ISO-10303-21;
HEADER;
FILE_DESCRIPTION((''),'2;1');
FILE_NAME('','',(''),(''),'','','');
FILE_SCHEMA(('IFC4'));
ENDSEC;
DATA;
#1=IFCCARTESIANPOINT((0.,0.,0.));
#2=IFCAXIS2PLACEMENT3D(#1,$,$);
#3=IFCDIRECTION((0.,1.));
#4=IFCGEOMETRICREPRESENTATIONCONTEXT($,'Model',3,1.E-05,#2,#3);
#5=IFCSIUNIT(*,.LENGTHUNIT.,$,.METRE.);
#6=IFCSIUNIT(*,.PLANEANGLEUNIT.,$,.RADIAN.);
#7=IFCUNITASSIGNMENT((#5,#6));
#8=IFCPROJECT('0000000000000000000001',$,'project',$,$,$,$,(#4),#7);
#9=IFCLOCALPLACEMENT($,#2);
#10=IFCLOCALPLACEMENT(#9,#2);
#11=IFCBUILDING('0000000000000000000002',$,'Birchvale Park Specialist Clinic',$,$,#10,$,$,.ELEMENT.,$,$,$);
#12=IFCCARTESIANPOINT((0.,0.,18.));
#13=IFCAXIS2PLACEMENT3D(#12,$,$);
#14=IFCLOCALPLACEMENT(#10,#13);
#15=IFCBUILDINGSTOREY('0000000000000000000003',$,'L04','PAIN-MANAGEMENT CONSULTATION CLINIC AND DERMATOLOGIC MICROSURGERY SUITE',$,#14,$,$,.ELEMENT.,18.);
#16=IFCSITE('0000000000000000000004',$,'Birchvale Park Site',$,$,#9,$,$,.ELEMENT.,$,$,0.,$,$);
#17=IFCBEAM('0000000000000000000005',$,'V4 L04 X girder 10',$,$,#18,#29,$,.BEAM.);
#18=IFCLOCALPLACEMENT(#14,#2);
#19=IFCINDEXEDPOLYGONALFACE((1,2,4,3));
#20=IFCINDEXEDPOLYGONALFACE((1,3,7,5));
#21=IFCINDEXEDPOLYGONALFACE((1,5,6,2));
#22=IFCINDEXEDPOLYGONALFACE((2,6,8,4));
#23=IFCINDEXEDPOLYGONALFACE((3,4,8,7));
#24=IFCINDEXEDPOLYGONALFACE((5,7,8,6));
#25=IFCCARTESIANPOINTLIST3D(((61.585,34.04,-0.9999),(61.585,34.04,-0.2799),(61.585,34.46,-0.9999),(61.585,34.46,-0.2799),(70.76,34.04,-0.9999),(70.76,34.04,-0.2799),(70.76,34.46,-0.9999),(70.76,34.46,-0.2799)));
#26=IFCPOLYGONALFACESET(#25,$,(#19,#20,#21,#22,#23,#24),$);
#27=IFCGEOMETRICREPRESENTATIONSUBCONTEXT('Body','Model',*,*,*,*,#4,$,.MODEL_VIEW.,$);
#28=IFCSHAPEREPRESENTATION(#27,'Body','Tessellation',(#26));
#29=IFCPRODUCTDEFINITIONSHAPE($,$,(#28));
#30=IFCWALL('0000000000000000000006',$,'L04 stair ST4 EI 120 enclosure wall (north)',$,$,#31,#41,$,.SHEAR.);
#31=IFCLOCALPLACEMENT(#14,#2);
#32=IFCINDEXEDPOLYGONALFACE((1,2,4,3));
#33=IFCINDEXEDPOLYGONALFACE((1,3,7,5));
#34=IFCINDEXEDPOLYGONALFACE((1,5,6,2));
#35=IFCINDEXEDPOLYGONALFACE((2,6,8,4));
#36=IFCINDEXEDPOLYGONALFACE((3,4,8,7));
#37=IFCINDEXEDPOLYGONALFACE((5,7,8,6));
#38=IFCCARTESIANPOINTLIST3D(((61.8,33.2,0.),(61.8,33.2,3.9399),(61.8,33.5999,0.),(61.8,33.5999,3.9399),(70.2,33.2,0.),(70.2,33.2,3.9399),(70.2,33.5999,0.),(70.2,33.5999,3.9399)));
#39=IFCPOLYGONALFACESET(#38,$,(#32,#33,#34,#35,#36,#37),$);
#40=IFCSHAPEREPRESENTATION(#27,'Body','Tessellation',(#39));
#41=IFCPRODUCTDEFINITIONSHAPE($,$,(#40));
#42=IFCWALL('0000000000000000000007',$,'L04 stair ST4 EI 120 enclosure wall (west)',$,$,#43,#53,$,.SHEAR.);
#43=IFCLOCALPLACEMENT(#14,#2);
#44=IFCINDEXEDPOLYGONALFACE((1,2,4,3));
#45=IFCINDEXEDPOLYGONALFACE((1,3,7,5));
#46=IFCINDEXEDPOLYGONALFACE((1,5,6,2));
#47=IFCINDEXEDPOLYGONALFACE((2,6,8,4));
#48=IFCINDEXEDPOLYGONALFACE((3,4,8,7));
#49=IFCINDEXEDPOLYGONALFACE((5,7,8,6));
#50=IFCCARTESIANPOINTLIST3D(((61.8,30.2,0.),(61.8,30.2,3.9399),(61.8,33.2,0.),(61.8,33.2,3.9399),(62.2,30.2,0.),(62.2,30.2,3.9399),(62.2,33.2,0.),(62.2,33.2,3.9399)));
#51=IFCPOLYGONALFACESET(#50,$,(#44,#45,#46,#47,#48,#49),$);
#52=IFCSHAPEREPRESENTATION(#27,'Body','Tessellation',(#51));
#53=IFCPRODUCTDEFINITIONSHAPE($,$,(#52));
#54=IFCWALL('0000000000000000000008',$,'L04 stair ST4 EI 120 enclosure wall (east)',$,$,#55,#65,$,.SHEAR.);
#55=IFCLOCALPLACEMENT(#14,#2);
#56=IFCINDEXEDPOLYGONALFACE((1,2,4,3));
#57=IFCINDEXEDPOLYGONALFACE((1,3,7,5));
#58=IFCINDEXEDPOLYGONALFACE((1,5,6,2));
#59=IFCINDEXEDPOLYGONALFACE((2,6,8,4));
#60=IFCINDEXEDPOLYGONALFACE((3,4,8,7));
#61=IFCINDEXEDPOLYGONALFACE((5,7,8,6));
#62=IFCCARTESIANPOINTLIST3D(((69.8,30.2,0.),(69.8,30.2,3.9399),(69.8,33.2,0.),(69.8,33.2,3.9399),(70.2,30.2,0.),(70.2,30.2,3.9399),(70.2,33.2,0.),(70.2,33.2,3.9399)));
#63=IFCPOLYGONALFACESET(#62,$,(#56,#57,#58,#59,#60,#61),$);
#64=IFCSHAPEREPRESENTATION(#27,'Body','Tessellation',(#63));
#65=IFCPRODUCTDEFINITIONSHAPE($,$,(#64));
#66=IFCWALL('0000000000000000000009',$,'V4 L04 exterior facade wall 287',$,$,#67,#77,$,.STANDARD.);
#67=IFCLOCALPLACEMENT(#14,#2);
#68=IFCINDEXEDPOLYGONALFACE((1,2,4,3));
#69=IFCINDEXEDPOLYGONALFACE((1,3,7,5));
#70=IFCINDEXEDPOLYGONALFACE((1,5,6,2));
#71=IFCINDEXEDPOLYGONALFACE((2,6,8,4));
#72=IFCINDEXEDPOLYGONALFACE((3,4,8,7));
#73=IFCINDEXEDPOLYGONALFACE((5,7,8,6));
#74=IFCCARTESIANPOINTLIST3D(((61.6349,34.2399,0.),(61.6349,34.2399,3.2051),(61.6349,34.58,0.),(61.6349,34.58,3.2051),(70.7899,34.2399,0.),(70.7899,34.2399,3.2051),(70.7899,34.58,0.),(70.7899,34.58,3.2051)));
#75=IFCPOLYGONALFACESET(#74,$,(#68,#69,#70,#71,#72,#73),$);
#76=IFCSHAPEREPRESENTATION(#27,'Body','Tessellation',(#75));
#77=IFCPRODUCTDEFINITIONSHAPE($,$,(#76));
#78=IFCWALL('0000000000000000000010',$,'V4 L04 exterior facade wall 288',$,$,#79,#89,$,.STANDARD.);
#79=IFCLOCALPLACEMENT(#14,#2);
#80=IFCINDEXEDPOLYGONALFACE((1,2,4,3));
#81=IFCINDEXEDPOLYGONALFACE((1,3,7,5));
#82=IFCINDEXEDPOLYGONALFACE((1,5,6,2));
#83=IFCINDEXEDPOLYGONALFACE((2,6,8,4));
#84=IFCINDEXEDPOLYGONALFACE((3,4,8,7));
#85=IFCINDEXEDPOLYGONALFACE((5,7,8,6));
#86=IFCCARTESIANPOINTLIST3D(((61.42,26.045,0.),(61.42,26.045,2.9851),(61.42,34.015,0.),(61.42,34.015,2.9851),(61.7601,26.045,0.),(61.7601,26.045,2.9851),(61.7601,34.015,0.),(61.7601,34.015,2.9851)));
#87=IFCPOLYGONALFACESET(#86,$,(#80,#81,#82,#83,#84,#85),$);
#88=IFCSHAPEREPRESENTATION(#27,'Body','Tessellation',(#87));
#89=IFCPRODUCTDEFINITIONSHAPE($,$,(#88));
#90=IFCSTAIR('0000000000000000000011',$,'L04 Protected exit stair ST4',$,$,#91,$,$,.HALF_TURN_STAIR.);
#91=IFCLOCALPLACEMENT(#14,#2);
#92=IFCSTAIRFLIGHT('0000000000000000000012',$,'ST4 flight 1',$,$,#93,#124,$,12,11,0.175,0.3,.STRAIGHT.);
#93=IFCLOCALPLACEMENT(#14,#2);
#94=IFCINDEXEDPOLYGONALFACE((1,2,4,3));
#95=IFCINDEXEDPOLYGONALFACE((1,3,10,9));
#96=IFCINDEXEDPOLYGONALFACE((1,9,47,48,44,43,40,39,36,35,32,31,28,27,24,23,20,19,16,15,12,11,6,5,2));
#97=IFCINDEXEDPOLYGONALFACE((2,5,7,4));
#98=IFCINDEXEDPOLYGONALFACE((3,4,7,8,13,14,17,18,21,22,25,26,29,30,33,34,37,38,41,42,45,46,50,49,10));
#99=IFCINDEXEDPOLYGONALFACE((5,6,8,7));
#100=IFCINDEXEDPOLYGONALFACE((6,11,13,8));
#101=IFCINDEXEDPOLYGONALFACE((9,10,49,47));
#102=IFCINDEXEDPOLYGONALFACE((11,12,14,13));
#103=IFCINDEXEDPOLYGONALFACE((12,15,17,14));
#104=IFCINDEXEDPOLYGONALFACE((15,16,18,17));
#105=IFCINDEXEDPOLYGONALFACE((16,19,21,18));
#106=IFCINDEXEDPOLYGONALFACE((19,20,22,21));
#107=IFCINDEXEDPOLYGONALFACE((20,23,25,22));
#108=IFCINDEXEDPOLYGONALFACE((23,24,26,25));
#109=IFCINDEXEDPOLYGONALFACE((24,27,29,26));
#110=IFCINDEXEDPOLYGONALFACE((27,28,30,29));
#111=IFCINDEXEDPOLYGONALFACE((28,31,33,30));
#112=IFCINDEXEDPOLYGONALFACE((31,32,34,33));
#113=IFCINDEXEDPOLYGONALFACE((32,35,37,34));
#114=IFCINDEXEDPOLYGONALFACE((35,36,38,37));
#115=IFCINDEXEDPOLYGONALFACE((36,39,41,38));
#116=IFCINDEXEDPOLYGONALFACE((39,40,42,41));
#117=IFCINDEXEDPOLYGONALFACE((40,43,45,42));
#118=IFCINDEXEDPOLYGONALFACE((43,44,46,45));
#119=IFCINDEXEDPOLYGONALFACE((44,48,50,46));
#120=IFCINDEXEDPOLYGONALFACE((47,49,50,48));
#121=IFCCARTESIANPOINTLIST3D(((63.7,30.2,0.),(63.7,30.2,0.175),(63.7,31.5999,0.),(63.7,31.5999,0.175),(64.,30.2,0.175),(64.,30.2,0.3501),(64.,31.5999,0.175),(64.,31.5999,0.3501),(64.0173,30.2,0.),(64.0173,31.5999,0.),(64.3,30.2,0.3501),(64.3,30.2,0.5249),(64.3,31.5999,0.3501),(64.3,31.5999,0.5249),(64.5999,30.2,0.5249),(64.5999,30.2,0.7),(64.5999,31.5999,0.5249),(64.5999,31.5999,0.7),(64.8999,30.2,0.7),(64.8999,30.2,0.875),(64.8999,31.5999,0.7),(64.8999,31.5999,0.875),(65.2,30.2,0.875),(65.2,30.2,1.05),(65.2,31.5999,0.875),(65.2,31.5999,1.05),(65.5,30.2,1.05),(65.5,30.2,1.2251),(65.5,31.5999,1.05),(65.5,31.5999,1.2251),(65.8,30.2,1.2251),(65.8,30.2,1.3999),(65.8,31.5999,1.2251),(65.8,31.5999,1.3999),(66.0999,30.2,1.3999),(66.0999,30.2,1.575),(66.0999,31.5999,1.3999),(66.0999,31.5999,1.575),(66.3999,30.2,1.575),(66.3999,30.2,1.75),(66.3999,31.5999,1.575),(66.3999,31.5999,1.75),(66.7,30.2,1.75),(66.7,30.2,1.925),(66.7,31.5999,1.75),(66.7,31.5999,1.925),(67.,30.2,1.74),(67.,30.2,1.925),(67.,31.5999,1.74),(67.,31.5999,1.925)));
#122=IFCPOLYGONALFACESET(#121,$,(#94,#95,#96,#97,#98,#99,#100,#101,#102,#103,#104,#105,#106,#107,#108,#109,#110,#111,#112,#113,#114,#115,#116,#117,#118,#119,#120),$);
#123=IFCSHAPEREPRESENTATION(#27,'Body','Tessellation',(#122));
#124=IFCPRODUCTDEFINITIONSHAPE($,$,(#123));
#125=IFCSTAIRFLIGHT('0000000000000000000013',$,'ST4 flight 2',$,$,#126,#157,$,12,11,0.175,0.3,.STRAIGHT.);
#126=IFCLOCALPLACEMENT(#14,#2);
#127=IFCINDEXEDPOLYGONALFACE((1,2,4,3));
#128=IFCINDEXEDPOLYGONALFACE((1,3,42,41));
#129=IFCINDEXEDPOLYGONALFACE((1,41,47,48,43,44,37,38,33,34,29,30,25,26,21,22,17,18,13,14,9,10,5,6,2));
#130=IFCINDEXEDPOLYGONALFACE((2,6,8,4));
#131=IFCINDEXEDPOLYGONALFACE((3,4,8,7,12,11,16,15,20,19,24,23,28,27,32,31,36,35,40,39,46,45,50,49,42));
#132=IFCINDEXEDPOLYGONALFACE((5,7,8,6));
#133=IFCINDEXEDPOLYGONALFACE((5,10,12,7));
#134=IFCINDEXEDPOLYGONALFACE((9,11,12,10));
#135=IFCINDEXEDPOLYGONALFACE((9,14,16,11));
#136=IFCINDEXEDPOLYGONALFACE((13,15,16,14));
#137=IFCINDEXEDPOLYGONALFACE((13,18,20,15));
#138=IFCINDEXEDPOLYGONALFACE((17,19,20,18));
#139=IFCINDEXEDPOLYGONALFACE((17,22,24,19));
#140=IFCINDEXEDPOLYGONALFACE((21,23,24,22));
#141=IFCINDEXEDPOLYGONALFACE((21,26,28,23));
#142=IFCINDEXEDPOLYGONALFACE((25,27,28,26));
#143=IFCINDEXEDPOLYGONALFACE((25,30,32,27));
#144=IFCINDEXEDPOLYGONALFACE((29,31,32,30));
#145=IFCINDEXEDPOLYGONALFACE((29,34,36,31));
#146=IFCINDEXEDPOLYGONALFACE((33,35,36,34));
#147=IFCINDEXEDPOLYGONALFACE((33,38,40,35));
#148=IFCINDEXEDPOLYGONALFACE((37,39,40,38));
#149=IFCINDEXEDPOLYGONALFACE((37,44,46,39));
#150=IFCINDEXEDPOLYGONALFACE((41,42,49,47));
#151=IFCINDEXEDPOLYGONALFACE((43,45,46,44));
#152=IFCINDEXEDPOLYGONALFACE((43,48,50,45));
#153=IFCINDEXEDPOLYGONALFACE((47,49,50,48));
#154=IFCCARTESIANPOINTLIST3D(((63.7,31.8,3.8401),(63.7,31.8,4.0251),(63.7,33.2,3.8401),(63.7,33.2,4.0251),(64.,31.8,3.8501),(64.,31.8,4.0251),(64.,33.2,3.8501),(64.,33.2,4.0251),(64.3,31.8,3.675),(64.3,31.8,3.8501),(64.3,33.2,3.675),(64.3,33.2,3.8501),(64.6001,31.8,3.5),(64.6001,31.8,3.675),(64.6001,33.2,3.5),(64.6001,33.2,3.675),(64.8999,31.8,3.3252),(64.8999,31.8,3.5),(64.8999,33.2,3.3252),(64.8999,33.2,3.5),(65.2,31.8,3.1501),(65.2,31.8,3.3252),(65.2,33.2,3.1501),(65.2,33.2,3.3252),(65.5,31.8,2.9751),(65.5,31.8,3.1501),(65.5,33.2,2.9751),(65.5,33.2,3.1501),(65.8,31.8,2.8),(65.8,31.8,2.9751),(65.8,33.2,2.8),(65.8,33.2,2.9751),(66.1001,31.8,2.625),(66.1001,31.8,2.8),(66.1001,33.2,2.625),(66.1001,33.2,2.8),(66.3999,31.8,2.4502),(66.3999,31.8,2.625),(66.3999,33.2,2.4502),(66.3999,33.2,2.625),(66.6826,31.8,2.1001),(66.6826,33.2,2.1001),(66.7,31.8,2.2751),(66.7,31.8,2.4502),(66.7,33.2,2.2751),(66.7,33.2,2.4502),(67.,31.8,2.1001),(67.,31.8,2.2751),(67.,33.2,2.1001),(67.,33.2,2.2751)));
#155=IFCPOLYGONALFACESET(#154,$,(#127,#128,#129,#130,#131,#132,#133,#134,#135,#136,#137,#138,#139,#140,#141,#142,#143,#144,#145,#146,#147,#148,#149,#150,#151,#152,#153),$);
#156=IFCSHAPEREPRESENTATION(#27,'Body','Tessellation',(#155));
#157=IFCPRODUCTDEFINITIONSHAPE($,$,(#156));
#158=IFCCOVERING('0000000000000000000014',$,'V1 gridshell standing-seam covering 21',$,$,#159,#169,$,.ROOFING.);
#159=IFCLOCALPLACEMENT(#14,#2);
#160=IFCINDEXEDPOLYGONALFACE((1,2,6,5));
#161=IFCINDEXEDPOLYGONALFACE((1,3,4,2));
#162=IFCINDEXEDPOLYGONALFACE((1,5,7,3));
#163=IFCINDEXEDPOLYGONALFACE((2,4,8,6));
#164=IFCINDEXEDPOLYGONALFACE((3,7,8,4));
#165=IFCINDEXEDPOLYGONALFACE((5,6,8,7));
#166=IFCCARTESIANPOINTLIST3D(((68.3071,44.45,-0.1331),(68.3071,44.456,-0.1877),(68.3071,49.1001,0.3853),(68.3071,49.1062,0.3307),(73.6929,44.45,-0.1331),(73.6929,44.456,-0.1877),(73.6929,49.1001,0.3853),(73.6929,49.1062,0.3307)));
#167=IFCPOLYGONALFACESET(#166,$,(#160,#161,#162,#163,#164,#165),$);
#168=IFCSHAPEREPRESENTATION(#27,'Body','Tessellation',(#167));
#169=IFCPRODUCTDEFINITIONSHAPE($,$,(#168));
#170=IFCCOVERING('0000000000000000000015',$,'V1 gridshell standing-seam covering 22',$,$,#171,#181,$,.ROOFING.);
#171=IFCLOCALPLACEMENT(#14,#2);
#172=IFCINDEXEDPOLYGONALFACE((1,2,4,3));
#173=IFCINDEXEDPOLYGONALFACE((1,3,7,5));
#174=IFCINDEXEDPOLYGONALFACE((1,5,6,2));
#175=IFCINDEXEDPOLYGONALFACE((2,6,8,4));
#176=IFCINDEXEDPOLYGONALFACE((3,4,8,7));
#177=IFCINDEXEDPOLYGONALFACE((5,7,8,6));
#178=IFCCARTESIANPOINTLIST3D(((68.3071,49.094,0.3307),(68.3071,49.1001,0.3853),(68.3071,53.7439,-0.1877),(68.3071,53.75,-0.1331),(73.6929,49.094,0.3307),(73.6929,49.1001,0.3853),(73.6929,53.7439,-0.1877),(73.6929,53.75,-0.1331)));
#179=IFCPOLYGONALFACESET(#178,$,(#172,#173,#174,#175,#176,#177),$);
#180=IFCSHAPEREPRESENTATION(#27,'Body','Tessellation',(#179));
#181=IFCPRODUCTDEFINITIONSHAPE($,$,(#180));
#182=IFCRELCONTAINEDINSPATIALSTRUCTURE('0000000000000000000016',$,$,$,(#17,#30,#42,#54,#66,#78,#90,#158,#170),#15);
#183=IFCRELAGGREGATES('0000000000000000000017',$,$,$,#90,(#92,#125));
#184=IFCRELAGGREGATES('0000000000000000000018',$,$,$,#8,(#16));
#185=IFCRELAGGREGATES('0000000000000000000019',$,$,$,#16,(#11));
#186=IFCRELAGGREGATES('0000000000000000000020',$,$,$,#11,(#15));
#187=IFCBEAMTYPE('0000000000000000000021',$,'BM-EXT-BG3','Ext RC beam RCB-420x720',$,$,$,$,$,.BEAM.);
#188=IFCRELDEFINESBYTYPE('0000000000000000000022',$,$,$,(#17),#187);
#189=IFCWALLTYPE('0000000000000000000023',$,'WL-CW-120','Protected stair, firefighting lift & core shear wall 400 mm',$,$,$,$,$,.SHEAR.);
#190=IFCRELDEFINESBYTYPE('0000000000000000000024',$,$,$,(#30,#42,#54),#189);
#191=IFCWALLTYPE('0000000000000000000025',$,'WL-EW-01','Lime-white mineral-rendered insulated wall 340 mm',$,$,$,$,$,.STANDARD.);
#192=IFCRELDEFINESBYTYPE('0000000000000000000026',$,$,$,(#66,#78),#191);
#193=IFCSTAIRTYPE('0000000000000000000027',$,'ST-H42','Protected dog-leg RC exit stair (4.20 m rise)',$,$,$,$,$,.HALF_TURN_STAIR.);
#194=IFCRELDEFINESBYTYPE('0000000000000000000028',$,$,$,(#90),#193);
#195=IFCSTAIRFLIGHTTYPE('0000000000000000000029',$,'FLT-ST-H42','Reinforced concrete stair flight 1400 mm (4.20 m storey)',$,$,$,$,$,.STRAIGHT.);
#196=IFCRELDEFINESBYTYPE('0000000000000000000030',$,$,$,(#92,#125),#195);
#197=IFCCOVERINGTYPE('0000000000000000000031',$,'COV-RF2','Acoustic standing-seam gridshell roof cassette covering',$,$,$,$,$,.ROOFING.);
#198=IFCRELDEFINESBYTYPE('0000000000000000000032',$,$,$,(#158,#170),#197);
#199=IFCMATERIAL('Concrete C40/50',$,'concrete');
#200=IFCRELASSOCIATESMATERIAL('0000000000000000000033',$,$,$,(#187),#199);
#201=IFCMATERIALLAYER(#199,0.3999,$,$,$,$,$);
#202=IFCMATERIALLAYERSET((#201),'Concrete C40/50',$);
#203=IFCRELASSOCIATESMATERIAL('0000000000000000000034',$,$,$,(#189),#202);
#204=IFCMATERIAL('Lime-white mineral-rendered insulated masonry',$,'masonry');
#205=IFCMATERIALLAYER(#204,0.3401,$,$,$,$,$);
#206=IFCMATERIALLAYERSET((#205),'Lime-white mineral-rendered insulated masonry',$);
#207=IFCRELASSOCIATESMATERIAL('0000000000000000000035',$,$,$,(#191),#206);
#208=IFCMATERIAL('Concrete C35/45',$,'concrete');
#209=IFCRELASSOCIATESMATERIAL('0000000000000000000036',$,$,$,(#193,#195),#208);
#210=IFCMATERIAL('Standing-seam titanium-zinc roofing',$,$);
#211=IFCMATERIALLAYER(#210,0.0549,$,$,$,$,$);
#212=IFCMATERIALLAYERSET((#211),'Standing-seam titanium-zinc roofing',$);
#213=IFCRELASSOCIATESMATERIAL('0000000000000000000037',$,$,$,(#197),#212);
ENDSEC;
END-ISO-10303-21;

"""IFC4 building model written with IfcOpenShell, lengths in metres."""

from ifc_helpers import new_model, si_unit, direction, frame, frame_2d, origin, origin_2d, place, context, subcontext, project, spatial, polyline, rectangle, outline, extrude, material, layer, layer_set, material_profile, profile_set, type_object, element, aggregate, save


model = new_model("IFC4")

# Units and contexts
model_context = context("Model", 3, precision=1e-05, world=origin(), true_north=direction((0.0, 1.0)))
body_context = subcontext(model_context, "Body", "Model", "MODEL_VIEW")
ifc_project = project(units=[si_unit("LENGTHUNIT", "METRE"), si_unit("PLANEANGLEUNIT", "RADIAN")], contexts=[model_context])

# Site, building, storey
site_placement = place(None, origin())
site = spatial("IfcSite", under=ifc_project, at=site_placement, Name="Birchvale Park Site", CompositionType="ELEMENT", RefElevation=0.0)
building_placement = place(site_placement, origin())
building = spatial("IfcBuilding", under=site, at=building_placement, Name="Birchvale Park Specialist Clinic", CompositionType="ELEMENT")
storey_placement = place(building_placement, frame((0.0, 0.0, 18.0)))
storey = spatial("IfcBuildingStorey", under=building, at=storey_placement, Name="L04", Description="PAIN-MANAGEMENT CONSULTATION CLINIC AND DERMATOLOGIC MICROSURGERY SUITE", CompositionType="ELEMENT", Elevation=18.0)

# Beam
ifc_material_1 = material(Name="Concrete C40/50", Category="concrete")
ifc_material_profile = material_profile(ifc_material_1, rectangle(XDim=0.4199, YDim=0.72, at=origin_2d()), Name="RCB-420x720")
ifc_profile_set = profile_set([ifc_material_profile], Name="Concrete C40/50")
beam_type = type_object("IfcBeamType", Name="BM-EXT-BG3", Description="Ext RC beam RCB-420x720", PredefinedType="BEAM", material=ifc_profile_set)
beam_placement = place(storey_placement, frame((61.585, 34.25, -0.6399), z_axis=(1.0, 0.0, 0.0), x_axis=(0.0, 1.0, 0.0)))
element("IfcBeam", 1, at=beam_placement, inside=storey, type_object=beam_type, Name="V4 L04 X girder 10", PredefinedType="BEAM", context=body_context, shape_type="SweptSolid", body=[
    extrude(rectangle(XDim=0.4199, YDim=0.72, at=origin_2d()), origin(), (0.0, 0.0, 1.0), 9.175),
])

# Walls
ifc_layer_1 = layer(ifc_material_1, 0.3999)
ifc_layer_set_1 = layer_set([ifc_layer_1], Name="Concrete C40/50")
wall_type_1 = type_object("IfcWallType", Name="WL-CW-120", Description="Protected stair, firefighting lift & core shear wall 400 mm", PredefinedType="SHEAR", material=ifc_layer_set_1)
wall_1_placement = place(storey_placement, frame((70.2, 33.3999, 0.0), z_axis=(0.0, 0.0, 1.0), x_axis=(-1.0, 0.0, 0.0)))
element("IfcWall", 2, at=wall_1_placement, inside=storey, type_object=wall_type_1, Name="L04 stair ST4 EI 120 enclosure wall (north)", PredefinedType="SHEAR", context=body_context, shape_type="SweptSolid", body=[
    extrude(rectangle(XDim=8.3999, YDim=0.3999, at=frame_2d((4.2, 0.0))), origin(), (0.0, 0.0, 1.0), 3.9399),
])
for number, where, z_axis, x_axis, name in (
    (3, (62.0, 30.2, 0.0), (0.0, 0.0, 1.0), (0.0, 1.0, 0.0), "L04 stair ST4 EI 120 enclosure wall (west)"),
    (4, (70.0, 33.2, 0.0), (0.0, 0.0, 1.0), (0.0, -1.0, 0.0), "L04 stair ST4 EI 120 enclosure wall (east)"),
):
    element("IfcWall", number, at=place(storey_placement, frame(where, z_axis=z_axis, x_axis=x_axis)), inside=storey, type_object=wall_type_1, Name=name, PredefinedType="SHEAR", context=body_context, shape_type="SweptSolid", body=[
        extrude(rectangle(XDim=3.0, YDim=0.3999, at=frame_2d((1.5, 0.0))), origin(), (0.0, 0.0, 1.0), 3.9399),
    ])
ifc_material_2 = material(Name="Lime-white mineral-rendered insulated masonry", Category="masonry")
ifc_layer_2 = layer(ifc_material_2, 0.3401)
ifc_layer_set_2 = layer_set([ifc_layer_2], Name="Lime-white mineral-rendered insulated masonry")
wall_type_2 = type_object("IfcWallType", Name="WL-EW-01", Description="Lime-white mineral-rendered insulated wall 340 mm", PredefinedType="STANDARD", material=ifc_layer_set_2)
wall_2_placement = place(storey_placement, frame((70.79, 34.4099, 0.0), z_axis=(0.0, 0.0, 1.0), x_axis=(-1.0, 0.0, 0.0)))
element("IfcWall", 5, at=wall_2_placement, inside=storey, type_object=wall_type_2, Name="V4 L04 exterior facade wall 287", PredefinedType="STANDARD", context=body_context, shape_type="SweptSolid", body=[
    extrude(rectangle(XDim=9.155, YDim=0.3401, at=frame_2d((4.5776, 0.0))), origin(), (0.0, 0.0, 1.0), 3.2051),
])
wall_3_placement = place(storey_placement, frame((61.5901, 34.0149, 0.0), z_axis=(0.0, 0.0, 1.0), x_axis=(0.0, -1.0, 0.0)))
element("IfcWall", 6, at=wall_3_placement, inside=storey, type_object=wall_type_2, Name="V4 L04 exterior facade wall 288", PredefinedType="STANDARD", context=body_context, shape_type="SweptSolid", body=[
    extrude(rectangle(XDim=7.97, YDim=0.3401, at=frame_2d((3.9849, 0.0))), origin(), (0.0, 0.0, 1.0), 2.9851),
])

# Stair, stair flights
ifc_material_3 = material(Name="Concrete C35/45", Category="concrete")
stair_type = type_object("IfcStairType", Name="ST-H42", Description="Protected dog-leg RC exit stair (4.20 m rise)", PredefinedType="HALF_TURN_STAIR", material=ifc_material_3)
stair_placement = place(storey_placement, origin())
stair = element("IfcStair", 7, at=stair_placement, inside=storey, type_object=stair_type, Name="L04 Protected exit stair ST4", PredefinedType="HALF_TURN_STAIR")
stair_flight_type = type_object("IfcStairFlightType", Name="FLT-ST-H42", Description="Reinforced concrete stair flight 1400 mm (4.20 m storey)", PredefinedType="STRAIGHT", material=ifc_material_3)
stair_flight_1_placement = place(storey_placement, frame((63.7, 30.8999, 0.0), z_axis=(0.0, 0.0, 1.0), x_axis=(1.0, 0.0, 0.0)))
stair_flight_1 = element("IfcStairFlight", 8, at=stair_flight_1_placement, type_object=stair_flight_type, Name="ST4 flight 1", NumberOfRisers=12, NumberOfTreads=11, PredefinedType="STRAIGHT", RiserHeight=0.175, TreadLength=0.3, context=body_context, shape_type="SweptSolid", body=[
    extrude(outline(polyline([(0.0, 0.0), (0.0, 0.175), (0.3, 0.175), (0.3, 0.3501), (0.6001, 0.3501), (0.6001, 0.5249), (0.8999, 0.5249), (0.8999, 0.7), (1.2, 0.7), (1.2, 0.875), (1.5, 0.875), (1.5, 1.05), (1.8, 1.05), (1.8, 1.2251), (2.1001, 1.2251), (2.1001, 1.3999), (2.3999, 1.3999), (2.3999, 1.575), (2.7, 1.575), (2.7, 1.75), (3.0, 1.75), (3.0, 1.925), (3.3, 1.925), (3.3, 2.1001), (3.3, 1.74), (0.3174, 0.0), (0.0, 0.0)])), frame((0.0, 0.7, 0.0), z_axis=(0.0, -1.0, 0.0), x_axis=(1.0, 0.0, 0.0)), (0.0, 0.0, 1.0), 1.3999),
])
stair_flight_2_placement = place(storey_placement, frame((67.0, 32.5, 2.1001), z_axis=(0.0, 0.0, 1.0), x_axis=(-1.0, 0.0, 0.0)))
stair_flight_2 = element("IfcStairFlight", 9, at=stair_flight_2_placement, type_object=stair_flight_type, Name="ST4 flight 2", NumberOfRisers=12, NumberOfTreads=11, PredefinedType="STRAIGHT", RiserHeight=0.175, TreadLength=0.3, context=body_context, shape_type="SweptSolid", body=[
    extrude(outline(polyline([(0.0, 0.0), (0.0, 0.175), (0.3, 0.175), (0.3, 0.3501), (0.6001, 0.3501), (0.6001, 0.5249), (0.8999, 0.5249), (0.8999, 0.7), (1.2, 0.7), (1.2, 0.875), (1.5, 0.875), (1.5, 1.05), (1.8, 1.05), (1.8, 1.2251), (2.1001, 1.2251), (2.1001, 1.3999), (2.3999, 1.3999), (2.3999, 1.575), (2.7, 1.575), (2.7, 1.75), (3.0, 1.75), (3.0, 1.925), (3.3, 1.925), (3.3, 2.1001), (3.3, 1.74), (0.3174, 0.0), (0.0, 0.0)])), frame((0.0, 0.7, 0.0), z_axis=(0.0, -1.0, 0.0), x_axis=(1.0, 0.0, 0.0)), (0.0, 0.0, 1.0), 1.3999),
])
aggregate(stair, [stair_flight_1, stair_flight_2])

# Coverings
ifc_material_4 = material(Name="Standing-seam titanium-zinc roofing")
ifc_layer_3 = layer(ifc_material_4, 0.0549)
ifc_layer_set_3 = layer_set([ifc_layer_3], Name="Standing-seam titanium-zinc roofing")
covering_type = type_object("IfcCoveringType", Name="COV-RF2", Description="Acoustic standing-seam gridshell roof cassette covering", PredefinedType="ROOFING", material=ifc_layer_set_3)
covering_1_placement = place(storey_placement, frame((68.3071, 44.45, -0.1331), z_axis=(0.0, -0.110775, 0.993845), x_axis=(1.0, 0.0, 0.0)))
element("IfcCovering", 10, at=covering_1_placement, inside=storey, type_object=covering_type, Name="V1 gridshell standing-seam covering 21", PredefinedType="ROOFING", context=body_context, shape_type="SweptSolid", body=[
    extrude(outline(polyline([(0.0, 0.0), (5.3857, 0.0), (5.3857, 4.6789), (0.0, 4.6789), (0.0, 0.0)])), origin(), (0.0, 0.0, -1.0), 0.0549),
])
covering_2_placement = place(storey_placement, frame((68.3071, 49.1001, 0.3853), z_axis=(0.0, 0.110781, 0.993845), x_axis=(1.0, 0.0, 0.0)))
element("IfcCovering", 11, at=covering_2_placement, inside=storey, type_object=covering_type, Name="V1 gridshell standing-seam covering 22", PredefinedType="ROOFING", context=body_context, shape_type="SweptSolid", body=[
    extrude(outline(polyline([(0.0, 0.0), (5.3857, 0.0), (5.3857, 4.6787), (0.0, 4.6787), (0.0, 0.0)])), origin(), (0.0, 0.0, -1.0), 0.0549),
])

save(model, "model.ifc")
